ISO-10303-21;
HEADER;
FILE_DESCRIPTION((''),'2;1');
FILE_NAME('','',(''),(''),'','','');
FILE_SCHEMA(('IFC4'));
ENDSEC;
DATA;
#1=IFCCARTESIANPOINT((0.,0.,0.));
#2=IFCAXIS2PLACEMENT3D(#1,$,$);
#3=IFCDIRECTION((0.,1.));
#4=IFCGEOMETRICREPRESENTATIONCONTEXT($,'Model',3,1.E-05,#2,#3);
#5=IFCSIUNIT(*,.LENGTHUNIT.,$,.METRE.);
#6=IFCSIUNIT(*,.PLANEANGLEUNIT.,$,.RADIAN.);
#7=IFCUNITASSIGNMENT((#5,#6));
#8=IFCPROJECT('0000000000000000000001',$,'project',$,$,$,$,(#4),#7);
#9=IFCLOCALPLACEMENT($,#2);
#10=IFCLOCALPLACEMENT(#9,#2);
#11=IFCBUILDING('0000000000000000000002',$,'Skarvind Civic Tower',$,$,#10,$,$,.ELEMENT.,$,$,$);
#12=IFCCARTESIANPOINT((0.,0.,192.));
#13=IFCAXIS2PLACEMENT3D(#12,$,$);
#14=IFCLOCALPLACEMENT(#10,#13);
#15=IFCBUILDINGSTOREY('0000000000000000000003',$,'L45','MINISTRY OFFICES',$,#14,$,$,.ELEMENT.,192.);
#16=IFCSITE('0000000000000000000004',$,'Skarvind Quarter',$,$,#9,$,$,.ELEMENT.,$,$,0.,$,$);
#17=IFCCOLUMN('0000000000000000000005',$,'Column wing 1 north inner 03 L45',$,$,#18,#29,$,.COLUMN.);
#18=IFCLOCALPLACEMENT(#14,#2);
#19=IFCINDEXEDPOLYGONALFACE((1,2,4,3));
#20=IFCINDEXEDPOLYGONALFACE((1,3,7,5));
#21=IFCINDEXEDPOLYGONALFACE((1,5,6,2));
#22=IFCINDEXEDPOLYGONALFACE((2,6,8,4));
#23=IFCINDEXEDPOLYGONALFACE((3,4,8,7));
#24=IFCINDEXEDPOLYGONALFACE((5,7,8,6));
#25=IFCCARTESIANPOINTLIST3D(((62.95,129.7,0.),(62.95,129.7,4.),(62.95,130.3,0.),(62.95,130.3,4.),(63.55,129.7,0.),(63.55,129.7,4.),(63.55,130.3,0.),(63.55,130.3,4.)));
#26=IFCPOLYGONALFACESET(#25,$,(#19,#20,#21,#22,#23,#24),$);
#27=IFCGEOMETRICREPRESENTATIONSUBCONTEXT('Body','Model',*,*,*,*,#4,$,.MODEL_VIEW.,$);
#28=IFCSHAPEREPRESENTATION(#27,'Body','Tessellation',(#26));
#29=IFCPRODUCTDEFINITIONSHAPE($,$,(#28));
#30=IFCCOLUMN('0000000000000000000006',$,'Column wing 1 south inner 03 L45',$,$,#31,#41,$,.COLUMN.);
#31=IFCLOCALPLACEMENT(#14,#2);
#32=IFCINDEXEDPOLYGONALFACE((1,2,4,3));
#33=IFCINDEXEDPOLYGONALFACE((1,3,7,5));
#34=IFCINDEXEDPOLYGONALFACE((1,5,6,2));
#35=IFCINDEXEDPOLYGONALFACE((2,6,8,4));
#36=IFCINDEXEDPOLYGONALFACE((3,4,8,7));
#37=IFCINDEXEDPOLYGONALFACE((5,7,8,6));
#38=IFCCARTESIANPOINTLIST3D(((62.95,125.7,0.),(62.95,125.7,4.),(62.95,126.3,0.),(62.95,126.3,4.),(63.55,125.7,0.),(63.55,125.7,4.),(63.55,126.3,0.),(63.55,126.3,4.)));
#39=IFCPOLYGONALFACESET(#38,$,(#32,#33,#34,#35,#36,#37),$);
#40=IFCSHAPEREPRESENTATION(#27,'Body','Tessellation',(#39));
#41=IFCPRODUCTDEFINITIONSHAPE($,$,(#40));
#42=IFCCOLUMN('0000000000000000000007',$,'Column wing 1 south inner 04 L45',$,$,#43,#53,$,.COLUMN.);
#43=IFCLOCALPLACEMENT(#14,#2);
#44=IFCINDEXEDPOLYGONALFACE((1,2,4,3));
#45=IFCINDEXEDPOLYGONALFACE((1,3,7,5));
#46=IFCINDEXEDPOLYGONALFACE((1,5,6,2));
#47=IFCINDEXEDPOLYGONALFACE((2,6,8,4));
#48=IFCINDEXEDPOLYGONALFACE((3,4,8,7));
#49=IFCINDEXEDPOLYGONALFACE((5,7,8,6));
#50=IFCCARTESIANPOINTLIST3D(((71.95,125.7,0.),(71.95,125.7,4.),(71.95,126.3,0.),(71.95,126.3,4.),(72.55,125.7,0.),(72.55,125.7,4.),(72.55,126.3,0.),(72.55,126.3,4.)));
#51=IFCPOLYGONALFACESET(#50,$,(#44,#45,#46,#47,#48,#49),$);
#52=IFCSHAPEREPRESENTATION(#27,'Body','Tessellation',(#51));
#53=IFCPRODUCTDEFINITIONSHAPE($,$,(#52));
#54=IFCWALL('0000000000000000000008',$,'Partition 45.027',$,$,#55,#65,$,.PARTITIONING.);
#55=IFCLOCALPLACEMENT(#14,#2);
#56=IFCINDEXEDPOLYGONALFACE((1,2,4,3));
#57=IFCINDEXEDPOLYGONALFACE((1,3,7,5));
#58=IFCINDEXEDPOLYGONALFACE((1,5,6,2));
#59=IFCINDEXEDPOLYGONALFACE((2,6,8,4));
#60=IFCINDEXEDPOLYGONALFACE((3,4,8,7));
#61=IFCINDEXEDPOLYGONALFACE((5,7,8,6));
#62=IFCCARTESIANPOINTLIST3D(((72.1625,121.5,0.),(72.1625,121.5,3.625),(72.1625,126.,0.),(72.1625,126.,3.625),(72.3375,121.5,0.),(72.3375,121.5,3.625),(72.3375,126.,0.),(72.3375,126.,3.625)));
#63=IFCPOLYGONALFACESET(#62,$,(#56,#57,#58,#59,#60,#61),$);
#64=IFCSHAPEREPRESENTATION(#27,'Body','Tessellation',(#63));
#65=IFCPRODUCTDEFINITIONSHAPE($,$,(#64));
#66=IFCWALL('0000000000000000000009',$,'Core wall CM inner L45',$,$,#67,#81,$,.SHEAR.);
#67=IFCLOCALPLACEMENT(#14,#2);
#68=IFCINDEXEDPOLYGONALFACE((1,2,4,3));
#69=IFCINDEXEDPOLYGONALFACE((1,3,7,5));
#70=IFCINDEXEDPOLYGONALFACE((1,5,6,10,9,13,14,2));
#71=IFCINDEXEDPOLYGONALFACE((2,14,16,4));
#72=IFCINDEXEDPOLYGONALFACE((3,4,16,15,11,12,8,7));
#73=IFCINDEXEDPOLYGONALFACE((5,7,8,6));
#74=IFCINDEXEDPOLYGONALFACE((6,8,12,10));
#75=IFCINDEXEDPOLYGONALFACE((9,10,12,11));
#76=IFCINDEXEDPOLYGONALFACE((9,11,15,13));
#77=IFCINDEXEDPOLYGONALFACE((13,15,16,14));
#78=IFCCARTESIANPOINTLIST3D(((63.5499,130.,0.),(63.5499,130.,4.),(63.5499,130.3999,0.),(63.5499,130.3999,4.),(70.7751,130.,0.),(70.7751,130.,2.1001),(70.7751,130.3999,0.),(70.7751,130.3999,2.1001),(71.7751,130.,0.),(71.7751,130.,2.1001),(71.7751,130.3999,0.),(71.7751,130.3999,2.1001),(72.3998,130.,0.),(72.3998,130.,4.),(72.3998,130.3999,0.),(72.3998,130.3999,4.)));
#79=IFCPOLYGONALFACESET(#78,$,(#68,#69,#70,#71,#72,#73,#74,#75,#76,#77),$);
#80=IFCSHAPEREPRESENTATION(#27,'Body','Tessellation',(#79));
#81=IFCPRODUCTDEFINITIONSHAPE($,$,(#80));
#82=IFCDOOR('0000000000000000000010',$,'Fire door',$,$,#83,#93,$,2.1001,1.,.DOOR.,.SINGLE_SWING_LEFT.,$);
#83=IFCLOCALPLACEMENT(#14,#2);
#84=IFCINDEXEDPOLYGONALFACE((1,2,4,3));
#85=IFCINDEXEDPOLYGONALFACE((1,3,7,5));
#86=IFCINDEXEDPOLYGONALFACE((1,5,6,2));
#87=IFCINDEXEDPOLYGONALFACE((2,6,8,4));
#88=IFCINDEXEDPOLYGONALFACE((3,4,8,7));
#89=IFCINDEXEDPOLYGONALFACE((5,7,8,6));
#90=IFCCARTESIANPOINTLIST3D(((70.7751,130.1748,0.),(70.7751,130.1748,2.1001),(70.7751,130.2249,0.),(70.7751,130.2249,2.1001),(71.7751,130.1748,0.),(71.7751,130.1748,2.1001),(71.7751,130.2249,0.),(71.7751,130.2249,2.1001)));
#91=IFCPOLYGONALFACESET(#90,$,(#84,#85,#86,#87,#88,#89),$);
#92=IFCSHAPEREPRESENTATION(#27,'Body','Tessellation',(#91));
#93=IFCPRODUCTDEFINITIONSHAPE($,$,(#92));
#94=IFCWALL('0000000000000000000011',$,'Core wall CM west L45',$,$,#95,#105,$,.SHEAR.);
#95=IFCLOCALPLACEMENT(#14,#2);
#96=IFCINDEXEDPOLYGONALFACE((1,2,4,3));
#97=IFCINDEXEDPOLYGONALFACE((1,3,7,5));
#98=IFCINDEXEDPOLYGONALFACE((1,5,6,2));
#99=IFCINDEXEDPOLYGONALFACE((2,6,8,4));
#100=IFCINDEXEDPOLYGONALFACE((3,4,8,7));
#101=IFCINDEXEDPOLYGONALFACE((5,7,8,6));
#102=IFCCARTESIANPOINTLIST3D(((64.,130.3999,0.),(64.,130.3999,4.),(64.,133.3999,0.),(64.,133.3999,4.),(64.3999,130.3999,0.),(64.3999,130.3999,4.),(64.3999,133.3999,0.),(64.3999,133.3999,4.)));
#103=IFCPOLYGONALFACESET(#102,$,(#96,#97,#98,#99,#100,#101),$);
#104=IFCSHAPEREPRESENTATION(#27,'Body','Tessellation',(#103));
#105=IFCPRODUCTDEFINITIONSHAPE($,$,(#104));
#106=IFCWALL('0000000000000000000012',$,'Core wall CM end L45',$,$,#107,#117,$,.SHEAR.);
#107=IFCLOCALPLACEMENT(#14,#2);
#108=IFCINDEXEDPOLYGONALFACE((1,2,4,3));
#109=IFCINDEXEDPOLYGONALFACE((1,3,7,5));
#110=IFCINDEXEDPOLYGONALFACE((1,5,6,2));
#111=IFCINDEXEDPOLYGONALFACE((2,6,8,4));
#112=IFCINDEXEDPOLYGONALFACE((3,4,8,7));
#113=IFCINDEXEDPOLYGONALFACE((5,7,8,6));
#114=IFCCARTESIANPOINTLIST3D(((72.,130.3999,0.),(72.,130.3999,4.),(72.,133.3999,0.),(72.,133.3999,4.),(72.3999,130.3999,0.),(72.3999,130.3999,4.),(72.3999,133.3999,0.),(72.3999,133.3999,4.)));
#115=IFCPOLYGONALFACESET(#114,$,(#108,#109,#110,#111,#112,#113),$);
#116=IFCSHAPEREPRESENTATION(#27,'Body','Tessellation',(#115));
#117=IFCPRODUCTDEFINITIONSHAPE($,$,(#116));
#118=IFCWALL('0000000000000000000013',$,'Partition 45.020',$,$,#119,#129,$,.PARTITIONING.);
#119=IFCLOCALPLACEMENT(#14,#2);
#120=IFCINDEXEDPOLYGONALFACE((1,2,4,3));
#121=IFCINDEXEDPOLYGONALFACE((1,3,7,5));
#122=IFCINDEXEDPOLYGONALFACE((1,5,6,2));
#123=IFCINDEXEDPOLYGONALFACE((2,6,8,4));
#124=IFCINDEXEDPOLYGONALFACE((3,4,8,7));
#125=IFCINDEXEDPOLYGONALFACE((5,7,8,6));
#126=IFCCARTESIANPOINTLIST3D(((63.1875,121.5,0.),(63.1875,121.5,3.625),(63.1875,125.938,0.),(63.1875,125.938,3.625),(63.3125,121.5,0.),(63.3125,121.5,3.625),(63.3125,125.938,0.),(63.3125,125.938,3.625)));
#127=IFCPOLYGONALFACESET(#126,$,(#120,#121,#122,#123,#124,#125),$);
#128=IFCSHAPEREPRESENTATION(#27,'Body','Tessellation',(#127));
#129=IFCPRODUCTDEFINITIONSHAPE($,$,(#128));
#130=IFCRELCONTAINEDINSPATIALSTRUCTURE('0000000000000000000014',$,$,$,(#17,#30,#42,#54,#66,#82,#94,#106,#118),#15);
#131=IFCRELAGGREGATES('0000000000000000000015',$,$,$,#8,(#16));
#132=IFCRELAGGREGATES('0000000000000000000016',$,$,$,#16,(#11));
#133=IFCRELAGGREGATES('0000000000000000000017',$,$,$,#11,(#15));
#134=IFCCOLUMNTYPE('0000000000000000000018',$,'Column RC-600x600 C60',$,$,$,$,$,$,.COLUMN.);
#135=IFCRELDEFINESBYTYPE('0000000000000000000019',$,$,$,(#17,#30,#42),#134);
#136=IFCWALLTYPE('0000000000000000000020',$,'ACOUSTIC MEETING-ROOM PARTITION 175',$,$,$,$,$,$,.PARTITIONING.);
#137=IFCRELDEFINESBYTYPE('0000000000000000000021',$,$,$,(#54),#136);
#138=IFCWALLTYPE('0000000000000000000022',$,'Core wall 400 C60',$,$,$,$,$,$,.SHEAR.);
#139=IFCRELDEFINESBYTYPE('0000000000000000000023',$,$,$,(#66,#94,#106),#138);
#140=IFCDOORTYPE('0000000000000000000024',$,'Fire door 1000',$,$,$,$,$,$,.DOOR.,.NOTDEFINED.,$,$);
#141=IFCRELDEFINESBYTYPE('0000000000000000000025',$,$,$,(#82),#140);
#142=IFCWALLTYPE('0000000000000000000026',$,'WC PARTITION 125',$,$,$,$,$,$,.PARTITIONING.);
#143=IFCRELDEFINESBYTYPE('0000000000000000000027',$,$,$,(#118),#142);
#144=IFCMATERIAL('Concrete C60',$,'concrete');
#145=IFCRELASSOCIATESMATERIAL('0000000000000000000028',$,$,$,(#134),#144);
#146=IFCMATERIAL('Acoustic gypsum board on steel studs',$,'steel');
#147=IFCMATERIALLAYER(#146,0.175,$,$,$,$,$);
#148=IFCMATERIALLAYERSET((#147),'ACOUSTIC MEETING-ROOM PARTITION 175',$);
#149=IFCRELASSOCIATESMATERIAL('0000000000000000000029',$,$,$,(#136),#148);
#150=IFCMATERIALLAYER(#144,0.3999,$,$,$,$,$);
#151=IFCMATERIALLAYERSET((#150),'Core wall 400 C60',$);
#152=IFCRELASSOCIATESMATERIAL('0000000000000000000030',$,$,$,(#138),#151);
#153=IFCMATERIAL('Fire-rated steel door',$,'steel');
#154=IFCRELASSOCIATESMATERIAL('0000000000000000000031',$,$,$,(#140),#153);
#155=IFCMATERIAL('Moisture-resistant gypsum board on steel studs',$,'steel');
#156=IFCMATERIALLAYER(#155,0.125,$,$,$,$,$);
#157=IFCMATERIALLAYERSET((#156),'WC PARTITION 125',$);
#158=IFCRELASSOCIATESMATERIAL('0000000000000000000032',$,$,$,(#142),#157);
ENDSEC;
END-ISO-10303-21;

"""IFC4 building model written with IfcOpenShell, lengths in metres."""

from ifc_helpers import new_model, si_unit, direction, frame, frame_2d, origin, origin_2d, place, context, subcontext, project, spatial, rectangle, extrude, material, layer, layer_set, material_profile, profile_set, type_object, element, fill, save


model = new_model("IFC4")

# Units and contexts
model_context = context("Model", 3, precision=1e-05, world=origin(), true_north=direction((0.0, 1.0)))
body_context = subcontext(model_context, "Body", "Model", "MODEL_VIEW")
ifc_project = project(units=[si_unit("LENGTHUNIT", "METRE"), si_unit("PLANEANGLEUNIT", "RADIAN")], contexts=[model_context])

# Site, building, storey
site_placement = place(None, origin())
site = spatial("IfcSite", under=ifc_project, at=site_placement, Name="Skarvind Quarter", CompositionType="ELEMENT", RefElevation=0.0)
building_placement = place(site_placement, origin())
building = spatial("IfcBuilding", under=site, at=building_placement, Name="Skarvind Civic Tower", CompositionType="ELEMENT")
storey_placement = place(building_placement, frame((0.0, 0.0, 192.0)))
storey = spatial("IfcBuildingStorey", under=building, at=storey_placement, Name="L45", Description="MINISTRY OFFICES", CompositionType="ELEMENT", Elevation=192.0)

# Columns
ifc_material_1 = material(Name="Concrete C60", Category="concrete")
ifc_material_profile = material_profile(ifc_material_1, rectangle(XDim=0.6001, YDim=0.6001, at=origin_2d()), Name="RC-600x600")
ifc_profile_set = profile_set([ifc_material_profile], Name="Concrete C60")
column_type = type_object("IfcColumnType", Name="Column RC-600x600 C60", PredefinedType="COLUMN", material=ifc_profile_set)
for number, where, z_axis, x_axis, name in (
    (1, (63.25, 130.0, 0.0), (0.0, 0.0, 1.0), (1.0, 0.0, 0.0), "Column wing 1 north inner 03 L45"),
    (2, (63.25, 126.0, 0.0), (0.0, 0.0, 1.0), (1.0, 0.0, 0.0), "Column wing 1 south inner 03 L45"),
    (3, (72.25, 126.0, 0.0), (0.0, 0.0, 1.0), (1.0, 0.0, 0.0), "Column wing 1 south inner 04 L45"),
):
    element("IfcColumn", number, at=place(storey_placement, frame(where, z_axis=z_axis, x_axis=x_axis)), inside=storey, type_object=column_type, Name=name, PredefinedType="COLUMN", context=body_context, shape_type="SweptSolid", body=[
        extrude(rectangle(XDim=0.6001, YDim=0.6001, at=origin_2d()), origin(), (0.0, 0.0, 1.0), 4.0),
    ])

# Wall
ifc_material_2 = material(Name="Acoustic gypsum board on steel studs", Category="steel")
ifc_layer_1 = layer(ifc_material_2, 0.175)
ifc_layer_set_1 = layer_set([ifc_layer_1], Name="ACOUSTIC MEETING-ROOM PARTITION 175")
wall_type_1 = type_object("IfcWallType", Name="ACOUSTIC MEETING-ROOM PARTITION 175", PredefinedType="PARTITIONING", material=ifc_layer_set_1)
wall_1_placement = place(storey_placement, frame((72.25, 121.5, 0.0), z_axis=(0.0, 0.0, 1.0), x_axis=(0.0, 1.0, 0.0)))
element("IfcWall", 4, at=wall_1_placement, inside=storey, type_object=wall_type_1, Name="Partition 45.027", PredefinedType="PARTITIONING", context=body_context, shape_type="SweptSolid", body=[
    extrude(rectangle(XDim=4.5, YDim=0.175, at=frame_2d((2.25, 0.0))), origin(), (0.0, 0.0, 1.0), 3.625),
])

# Wall, opening, door
ifc_layer_2 = layer(ifc_material_1, 0.3999)
ifc_layer_set_2 = layer_set([ifc_layer_2], Name="Core wall 400 C60")
wall_type_2 = type_object("IfcWallType", Name="Core wall 400 C60", PredefinedType="SHEAR", material=ifc_layer_set_2)
wall_2_placement = place(storey_placement, frame((63.55, 130.2, 0.0), z_axis=(0.0, 0.0, 1.0), x_axis=(1.0, 0.0, 0.0)))
wall_2 = element("IfcWall", 5, at=wall_2_placement, inside=storey, type_object=wall_type_2, Name="Core wall CM inner L45", PredefinedType="SHEAR", context=body_context, shape_type="SweptSolid", body=[
    extrude(rectangle(XDim=8.8499, YDim=0.3999, at=frame_2d((4.4248, 0.0))), origin(), (0.0, 0.0, 1.0), 4.0),
])
opening_1_placement = place(wall_2_placement, frame((7.2251, 0.0, 0.0)))
opening_1 = element("IfcOpeningElement", 6, at=opening_1_placement, cuts=wall_2, PredefinedType="OPENING", context=body_context, shape_type="SweptSolid", body=[
    extrude(rectangle(XDim=1.0, YDim=2.1001, at=frame_2d((0.5, 1.05))), frame((0.0, 0.21, 0.0), z_axis=(0.0, -1.0, 0.0), x_axis=(1.0, 0.0, 0.0)), (0.0, 0.0, 1.0), 0.4199),
])
ifc_material_3 = material(Name="Fire-rated steel door", Category="steel")
door_type_1 = type_object("IfcDoorType", Name="Fire door 1000", OperationType="NOTDEFINED", PredefinedType="DOOR", material=ifc_material_3)
door_1_placement = place(opening_1_placement, origin())
door_1 = element("IfcDoor", 7, at=door_1_placement, inside=storey, type_object=door_type_1, Name="Fire door", OperationType="SINGLE_SWING_LEFT", OverallHeight=2.1001, OverallWidth=1.0, PredefinedType="DOOR", context=body_context, shape_type="SweptSolid", body=[
    extrude(rectangle(XDim=1.0, YDim=2.1001, at=frame_2d((0.5, 1.05))), frame((0.0, 0.0249, 0.0), z_axis=(0.0, -1.0, 0.0), x_axis=(1.0, 0.0, 0.0)), (0.0, 0.0, 1.0), 0.05),
])
fill(opening_1, door_1)

# Walls
for number, where, z_axis, x_axis, name in (
    (8, (64.2, 130.3999, 0.0), (0.0, 0.0, 1.0), (0.0, 1.0, 0.0), "Core wall CM west L45"),
    (9, (72.2, 130.3999, 0.0), (0.0, 0.0, 1.0), (0.0, 1.0, 0.0), "Core wall CM end L45"),
):
    element("IfcWall", number, at=place(storey_placement, frame(where, z_axis=z_axis, x_axis=x_axis)), inside=storey, type_object=wall_type_2, Name=name, PredefinedType="SHEAR", context=body_context, shape_type="SweptSolid", body=[
        extrude(rectangle(XDim=3.0, YDim=0.3999, at=frame_2d((1.5, 0.0))), origin(), (0.0, 0.0, 1.0), 4.0),
    ])
ifc_material_4 = material(Name="Moisture-resistant gypsum board on steel studs", Category="steel")
ifc_layer_3 = layer(ifc_material_4, 0.125)
ifc_layer_set_3 = layer_set([ifc_layer_3], Name="WC PARTITION 125")
wall_type_3 = type_object("IfcWallType", Name="WC PARTITION 125", PredefinedType="PARTITIONING", material=ifc_layer_set_3)
wall_3_placement = place(storey_placement, frame((63.25, 121.5, 0.0), z_axis=(0.0, 0.0, 1.0), x_axis=(0.0, 1.0, 0.0)))
element("IfcWall", 10, at=wall_3_placement, inside=storey, type_object=wall_type_3, Name="Partition 45.020", PredefinedType="PARTITIONING", context=body_context, shape_type="SweptSolid", body=[
    extrude(rectangle(XDim=4.438, YDim=0.125, at=frame_2d((2.219, 0.0))), origin(), (0.0, 0.0, 1.0), 3.625),
])

save(model, "model.ifc")
